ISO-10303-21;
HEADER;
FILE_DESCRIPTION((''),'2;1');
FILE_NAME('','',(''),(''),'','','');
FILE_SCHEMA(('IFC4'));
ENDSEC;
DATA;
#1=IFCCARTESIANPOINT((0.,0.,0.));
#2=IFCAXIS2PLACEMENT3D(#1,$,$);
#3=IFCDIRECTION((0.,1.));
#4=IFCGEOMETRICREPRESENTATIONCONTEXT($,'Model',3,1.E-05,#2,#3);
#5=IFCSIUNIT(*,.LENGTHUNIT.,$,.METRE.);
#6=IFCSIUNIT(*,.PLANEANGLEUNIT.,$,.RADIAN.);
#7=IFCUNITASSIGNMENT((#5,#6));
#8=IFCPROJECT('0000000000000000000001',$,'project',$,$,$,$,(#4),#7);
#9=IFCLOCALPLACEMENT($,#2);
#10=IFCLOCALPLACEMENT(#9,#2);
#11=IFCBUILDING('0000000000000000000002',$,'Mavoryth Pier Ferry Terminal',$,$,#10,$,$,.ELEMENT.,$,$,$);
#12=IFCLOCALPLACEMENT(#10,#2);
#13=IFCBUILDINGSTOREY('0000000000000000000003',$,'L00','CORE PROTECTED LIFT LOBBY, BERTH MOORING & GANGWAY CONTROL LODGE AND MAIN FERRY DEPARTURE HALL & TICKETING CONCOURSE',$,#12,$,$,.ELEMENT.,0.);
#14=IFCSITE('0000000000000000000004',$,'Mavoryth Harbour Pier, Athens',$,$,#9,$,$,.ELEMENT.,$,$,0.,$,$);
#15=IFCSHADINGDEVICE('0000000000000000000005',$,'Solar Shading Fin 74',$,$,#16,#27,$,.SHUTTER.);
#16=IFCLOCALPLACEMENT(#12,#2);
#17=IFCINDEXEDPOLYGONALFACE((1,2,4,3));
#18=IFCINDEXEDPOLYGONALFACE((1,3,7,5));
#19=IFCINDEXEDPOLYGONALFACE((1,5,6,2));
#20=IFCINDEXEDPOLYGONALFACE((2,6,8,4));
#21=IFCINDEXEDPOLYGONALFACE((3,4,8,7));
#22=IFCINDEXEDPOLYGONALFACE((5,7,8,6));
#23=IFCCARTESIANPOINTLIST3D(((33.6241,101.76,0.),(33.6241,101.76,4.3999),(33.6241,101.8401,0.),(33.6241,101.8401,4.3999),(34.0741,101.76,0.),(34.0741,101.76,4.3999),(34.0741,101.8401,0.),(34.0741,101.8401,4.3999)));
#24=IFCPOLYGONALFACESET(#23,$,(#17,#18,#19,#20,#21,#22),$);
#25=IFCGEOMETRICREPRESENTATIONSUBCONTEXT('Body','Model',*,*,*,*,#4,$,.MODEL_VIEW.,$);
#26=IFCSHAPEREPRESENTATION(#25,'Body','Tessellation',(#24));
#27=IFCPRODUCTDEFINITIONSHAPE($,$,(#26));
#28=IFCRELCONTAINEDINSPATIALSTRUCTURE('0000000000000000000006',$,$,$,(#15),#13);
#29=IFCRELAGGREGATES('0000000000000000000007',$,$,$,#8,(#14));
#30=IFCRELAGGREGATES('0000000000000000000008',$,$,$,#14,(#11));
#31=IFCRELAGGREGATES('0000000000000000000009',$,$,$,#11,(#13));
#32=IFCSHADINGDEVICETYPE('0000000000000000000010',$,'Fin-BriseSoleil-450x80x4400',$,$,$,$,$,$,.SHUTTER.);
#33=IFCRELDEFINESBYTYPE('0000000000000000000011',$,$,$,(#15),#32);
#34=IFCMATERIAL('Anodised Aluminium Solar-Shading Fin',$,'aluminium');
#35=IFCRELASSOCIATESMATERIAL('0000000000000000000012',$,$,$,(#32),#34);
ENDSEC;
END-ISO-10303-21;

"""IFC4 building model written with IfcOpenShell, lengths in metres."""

from ifc_helpers import new_model, si_unit, direction, frame, origin, origin_2d, place, context, subcontext, project, spatial, rectangle, extrude, material, type_object, element, save


model = new_model("IFC4")

# Units and contexts
model_context = context("Model", 3, precision=1e-05, world=origin(), true_north=direction((0.0, 1.0)))
body_context = subcontext(model_context, "Body", "Model", "MODEL_VIEW")
ifc_project = project(units=[si_unit("LENGTHUNIT", "METRE"), si_unit("PLANEANGLEUNIT", "RADIAN")], contexts=[model_context])

# Site, building, storey
site_placement = place(None, origin())
site = spatial("IfcSite", under=ifc_project, at=site_placement, Name="Mavoryth Harbour Pier, Athens", CompositionType="ELEMENT", RefElevation=0.0)
building_placement = place(site_placement, origin())
building = spatial("IfcBuilding", under=site, at=building_placement, Name="Mavoryth Pier Ferry Terminal", CompositionType="ELEMENT")
storey_placement = place(building_placement, origin())
storey = spatial("IfcBuildingStorey", under=building, at=storey_placement, Name="L00", Description="CORE PROTECTED LIFT LOBBY, BERTH MOORING & GANGWAY CONTROL LODGE AND MAIN FERRY DEPARTURE HALL & TICKETING CONCOURSE", CompositionType="ELEMENT", Elevation=0.0)

# Shading device
ifc_material_1 = material(Name="Anodised Aluminium Solar-Shading Fin", Category="aluminium")
shading_device_type = type_object("IfcShadingDeviceType", Name="Fin-BriseSoleil-450x80x4400", PredefinedType="SHUTTER", material=ifc_material_1)
for number, where, z_axis, x_axis, name in (
    (1, (33.8491, 101.8, 0.0), (0.0, 0.0, 1.0), (0.0, 1.0, 0.0), "Solar Shading Fin 74"),
):
    element("IfcShadingDevice", number, at=place(storey_placement, frame(where, z_axis=z_axis, x_axis=x_axis)), inside=storey, type_object=shading_device_type, Name=name, PredefinedType="SHUTTER", context=body_context, shape_type="SweptSolid", body=[
        extrude(rectangle(XDim=0.0801, YDim=0.45, at=origin_2d()), origin(), (0.0, 0.0, 1.0), 4.3999),
    ])

save(model, "model.ifc")
